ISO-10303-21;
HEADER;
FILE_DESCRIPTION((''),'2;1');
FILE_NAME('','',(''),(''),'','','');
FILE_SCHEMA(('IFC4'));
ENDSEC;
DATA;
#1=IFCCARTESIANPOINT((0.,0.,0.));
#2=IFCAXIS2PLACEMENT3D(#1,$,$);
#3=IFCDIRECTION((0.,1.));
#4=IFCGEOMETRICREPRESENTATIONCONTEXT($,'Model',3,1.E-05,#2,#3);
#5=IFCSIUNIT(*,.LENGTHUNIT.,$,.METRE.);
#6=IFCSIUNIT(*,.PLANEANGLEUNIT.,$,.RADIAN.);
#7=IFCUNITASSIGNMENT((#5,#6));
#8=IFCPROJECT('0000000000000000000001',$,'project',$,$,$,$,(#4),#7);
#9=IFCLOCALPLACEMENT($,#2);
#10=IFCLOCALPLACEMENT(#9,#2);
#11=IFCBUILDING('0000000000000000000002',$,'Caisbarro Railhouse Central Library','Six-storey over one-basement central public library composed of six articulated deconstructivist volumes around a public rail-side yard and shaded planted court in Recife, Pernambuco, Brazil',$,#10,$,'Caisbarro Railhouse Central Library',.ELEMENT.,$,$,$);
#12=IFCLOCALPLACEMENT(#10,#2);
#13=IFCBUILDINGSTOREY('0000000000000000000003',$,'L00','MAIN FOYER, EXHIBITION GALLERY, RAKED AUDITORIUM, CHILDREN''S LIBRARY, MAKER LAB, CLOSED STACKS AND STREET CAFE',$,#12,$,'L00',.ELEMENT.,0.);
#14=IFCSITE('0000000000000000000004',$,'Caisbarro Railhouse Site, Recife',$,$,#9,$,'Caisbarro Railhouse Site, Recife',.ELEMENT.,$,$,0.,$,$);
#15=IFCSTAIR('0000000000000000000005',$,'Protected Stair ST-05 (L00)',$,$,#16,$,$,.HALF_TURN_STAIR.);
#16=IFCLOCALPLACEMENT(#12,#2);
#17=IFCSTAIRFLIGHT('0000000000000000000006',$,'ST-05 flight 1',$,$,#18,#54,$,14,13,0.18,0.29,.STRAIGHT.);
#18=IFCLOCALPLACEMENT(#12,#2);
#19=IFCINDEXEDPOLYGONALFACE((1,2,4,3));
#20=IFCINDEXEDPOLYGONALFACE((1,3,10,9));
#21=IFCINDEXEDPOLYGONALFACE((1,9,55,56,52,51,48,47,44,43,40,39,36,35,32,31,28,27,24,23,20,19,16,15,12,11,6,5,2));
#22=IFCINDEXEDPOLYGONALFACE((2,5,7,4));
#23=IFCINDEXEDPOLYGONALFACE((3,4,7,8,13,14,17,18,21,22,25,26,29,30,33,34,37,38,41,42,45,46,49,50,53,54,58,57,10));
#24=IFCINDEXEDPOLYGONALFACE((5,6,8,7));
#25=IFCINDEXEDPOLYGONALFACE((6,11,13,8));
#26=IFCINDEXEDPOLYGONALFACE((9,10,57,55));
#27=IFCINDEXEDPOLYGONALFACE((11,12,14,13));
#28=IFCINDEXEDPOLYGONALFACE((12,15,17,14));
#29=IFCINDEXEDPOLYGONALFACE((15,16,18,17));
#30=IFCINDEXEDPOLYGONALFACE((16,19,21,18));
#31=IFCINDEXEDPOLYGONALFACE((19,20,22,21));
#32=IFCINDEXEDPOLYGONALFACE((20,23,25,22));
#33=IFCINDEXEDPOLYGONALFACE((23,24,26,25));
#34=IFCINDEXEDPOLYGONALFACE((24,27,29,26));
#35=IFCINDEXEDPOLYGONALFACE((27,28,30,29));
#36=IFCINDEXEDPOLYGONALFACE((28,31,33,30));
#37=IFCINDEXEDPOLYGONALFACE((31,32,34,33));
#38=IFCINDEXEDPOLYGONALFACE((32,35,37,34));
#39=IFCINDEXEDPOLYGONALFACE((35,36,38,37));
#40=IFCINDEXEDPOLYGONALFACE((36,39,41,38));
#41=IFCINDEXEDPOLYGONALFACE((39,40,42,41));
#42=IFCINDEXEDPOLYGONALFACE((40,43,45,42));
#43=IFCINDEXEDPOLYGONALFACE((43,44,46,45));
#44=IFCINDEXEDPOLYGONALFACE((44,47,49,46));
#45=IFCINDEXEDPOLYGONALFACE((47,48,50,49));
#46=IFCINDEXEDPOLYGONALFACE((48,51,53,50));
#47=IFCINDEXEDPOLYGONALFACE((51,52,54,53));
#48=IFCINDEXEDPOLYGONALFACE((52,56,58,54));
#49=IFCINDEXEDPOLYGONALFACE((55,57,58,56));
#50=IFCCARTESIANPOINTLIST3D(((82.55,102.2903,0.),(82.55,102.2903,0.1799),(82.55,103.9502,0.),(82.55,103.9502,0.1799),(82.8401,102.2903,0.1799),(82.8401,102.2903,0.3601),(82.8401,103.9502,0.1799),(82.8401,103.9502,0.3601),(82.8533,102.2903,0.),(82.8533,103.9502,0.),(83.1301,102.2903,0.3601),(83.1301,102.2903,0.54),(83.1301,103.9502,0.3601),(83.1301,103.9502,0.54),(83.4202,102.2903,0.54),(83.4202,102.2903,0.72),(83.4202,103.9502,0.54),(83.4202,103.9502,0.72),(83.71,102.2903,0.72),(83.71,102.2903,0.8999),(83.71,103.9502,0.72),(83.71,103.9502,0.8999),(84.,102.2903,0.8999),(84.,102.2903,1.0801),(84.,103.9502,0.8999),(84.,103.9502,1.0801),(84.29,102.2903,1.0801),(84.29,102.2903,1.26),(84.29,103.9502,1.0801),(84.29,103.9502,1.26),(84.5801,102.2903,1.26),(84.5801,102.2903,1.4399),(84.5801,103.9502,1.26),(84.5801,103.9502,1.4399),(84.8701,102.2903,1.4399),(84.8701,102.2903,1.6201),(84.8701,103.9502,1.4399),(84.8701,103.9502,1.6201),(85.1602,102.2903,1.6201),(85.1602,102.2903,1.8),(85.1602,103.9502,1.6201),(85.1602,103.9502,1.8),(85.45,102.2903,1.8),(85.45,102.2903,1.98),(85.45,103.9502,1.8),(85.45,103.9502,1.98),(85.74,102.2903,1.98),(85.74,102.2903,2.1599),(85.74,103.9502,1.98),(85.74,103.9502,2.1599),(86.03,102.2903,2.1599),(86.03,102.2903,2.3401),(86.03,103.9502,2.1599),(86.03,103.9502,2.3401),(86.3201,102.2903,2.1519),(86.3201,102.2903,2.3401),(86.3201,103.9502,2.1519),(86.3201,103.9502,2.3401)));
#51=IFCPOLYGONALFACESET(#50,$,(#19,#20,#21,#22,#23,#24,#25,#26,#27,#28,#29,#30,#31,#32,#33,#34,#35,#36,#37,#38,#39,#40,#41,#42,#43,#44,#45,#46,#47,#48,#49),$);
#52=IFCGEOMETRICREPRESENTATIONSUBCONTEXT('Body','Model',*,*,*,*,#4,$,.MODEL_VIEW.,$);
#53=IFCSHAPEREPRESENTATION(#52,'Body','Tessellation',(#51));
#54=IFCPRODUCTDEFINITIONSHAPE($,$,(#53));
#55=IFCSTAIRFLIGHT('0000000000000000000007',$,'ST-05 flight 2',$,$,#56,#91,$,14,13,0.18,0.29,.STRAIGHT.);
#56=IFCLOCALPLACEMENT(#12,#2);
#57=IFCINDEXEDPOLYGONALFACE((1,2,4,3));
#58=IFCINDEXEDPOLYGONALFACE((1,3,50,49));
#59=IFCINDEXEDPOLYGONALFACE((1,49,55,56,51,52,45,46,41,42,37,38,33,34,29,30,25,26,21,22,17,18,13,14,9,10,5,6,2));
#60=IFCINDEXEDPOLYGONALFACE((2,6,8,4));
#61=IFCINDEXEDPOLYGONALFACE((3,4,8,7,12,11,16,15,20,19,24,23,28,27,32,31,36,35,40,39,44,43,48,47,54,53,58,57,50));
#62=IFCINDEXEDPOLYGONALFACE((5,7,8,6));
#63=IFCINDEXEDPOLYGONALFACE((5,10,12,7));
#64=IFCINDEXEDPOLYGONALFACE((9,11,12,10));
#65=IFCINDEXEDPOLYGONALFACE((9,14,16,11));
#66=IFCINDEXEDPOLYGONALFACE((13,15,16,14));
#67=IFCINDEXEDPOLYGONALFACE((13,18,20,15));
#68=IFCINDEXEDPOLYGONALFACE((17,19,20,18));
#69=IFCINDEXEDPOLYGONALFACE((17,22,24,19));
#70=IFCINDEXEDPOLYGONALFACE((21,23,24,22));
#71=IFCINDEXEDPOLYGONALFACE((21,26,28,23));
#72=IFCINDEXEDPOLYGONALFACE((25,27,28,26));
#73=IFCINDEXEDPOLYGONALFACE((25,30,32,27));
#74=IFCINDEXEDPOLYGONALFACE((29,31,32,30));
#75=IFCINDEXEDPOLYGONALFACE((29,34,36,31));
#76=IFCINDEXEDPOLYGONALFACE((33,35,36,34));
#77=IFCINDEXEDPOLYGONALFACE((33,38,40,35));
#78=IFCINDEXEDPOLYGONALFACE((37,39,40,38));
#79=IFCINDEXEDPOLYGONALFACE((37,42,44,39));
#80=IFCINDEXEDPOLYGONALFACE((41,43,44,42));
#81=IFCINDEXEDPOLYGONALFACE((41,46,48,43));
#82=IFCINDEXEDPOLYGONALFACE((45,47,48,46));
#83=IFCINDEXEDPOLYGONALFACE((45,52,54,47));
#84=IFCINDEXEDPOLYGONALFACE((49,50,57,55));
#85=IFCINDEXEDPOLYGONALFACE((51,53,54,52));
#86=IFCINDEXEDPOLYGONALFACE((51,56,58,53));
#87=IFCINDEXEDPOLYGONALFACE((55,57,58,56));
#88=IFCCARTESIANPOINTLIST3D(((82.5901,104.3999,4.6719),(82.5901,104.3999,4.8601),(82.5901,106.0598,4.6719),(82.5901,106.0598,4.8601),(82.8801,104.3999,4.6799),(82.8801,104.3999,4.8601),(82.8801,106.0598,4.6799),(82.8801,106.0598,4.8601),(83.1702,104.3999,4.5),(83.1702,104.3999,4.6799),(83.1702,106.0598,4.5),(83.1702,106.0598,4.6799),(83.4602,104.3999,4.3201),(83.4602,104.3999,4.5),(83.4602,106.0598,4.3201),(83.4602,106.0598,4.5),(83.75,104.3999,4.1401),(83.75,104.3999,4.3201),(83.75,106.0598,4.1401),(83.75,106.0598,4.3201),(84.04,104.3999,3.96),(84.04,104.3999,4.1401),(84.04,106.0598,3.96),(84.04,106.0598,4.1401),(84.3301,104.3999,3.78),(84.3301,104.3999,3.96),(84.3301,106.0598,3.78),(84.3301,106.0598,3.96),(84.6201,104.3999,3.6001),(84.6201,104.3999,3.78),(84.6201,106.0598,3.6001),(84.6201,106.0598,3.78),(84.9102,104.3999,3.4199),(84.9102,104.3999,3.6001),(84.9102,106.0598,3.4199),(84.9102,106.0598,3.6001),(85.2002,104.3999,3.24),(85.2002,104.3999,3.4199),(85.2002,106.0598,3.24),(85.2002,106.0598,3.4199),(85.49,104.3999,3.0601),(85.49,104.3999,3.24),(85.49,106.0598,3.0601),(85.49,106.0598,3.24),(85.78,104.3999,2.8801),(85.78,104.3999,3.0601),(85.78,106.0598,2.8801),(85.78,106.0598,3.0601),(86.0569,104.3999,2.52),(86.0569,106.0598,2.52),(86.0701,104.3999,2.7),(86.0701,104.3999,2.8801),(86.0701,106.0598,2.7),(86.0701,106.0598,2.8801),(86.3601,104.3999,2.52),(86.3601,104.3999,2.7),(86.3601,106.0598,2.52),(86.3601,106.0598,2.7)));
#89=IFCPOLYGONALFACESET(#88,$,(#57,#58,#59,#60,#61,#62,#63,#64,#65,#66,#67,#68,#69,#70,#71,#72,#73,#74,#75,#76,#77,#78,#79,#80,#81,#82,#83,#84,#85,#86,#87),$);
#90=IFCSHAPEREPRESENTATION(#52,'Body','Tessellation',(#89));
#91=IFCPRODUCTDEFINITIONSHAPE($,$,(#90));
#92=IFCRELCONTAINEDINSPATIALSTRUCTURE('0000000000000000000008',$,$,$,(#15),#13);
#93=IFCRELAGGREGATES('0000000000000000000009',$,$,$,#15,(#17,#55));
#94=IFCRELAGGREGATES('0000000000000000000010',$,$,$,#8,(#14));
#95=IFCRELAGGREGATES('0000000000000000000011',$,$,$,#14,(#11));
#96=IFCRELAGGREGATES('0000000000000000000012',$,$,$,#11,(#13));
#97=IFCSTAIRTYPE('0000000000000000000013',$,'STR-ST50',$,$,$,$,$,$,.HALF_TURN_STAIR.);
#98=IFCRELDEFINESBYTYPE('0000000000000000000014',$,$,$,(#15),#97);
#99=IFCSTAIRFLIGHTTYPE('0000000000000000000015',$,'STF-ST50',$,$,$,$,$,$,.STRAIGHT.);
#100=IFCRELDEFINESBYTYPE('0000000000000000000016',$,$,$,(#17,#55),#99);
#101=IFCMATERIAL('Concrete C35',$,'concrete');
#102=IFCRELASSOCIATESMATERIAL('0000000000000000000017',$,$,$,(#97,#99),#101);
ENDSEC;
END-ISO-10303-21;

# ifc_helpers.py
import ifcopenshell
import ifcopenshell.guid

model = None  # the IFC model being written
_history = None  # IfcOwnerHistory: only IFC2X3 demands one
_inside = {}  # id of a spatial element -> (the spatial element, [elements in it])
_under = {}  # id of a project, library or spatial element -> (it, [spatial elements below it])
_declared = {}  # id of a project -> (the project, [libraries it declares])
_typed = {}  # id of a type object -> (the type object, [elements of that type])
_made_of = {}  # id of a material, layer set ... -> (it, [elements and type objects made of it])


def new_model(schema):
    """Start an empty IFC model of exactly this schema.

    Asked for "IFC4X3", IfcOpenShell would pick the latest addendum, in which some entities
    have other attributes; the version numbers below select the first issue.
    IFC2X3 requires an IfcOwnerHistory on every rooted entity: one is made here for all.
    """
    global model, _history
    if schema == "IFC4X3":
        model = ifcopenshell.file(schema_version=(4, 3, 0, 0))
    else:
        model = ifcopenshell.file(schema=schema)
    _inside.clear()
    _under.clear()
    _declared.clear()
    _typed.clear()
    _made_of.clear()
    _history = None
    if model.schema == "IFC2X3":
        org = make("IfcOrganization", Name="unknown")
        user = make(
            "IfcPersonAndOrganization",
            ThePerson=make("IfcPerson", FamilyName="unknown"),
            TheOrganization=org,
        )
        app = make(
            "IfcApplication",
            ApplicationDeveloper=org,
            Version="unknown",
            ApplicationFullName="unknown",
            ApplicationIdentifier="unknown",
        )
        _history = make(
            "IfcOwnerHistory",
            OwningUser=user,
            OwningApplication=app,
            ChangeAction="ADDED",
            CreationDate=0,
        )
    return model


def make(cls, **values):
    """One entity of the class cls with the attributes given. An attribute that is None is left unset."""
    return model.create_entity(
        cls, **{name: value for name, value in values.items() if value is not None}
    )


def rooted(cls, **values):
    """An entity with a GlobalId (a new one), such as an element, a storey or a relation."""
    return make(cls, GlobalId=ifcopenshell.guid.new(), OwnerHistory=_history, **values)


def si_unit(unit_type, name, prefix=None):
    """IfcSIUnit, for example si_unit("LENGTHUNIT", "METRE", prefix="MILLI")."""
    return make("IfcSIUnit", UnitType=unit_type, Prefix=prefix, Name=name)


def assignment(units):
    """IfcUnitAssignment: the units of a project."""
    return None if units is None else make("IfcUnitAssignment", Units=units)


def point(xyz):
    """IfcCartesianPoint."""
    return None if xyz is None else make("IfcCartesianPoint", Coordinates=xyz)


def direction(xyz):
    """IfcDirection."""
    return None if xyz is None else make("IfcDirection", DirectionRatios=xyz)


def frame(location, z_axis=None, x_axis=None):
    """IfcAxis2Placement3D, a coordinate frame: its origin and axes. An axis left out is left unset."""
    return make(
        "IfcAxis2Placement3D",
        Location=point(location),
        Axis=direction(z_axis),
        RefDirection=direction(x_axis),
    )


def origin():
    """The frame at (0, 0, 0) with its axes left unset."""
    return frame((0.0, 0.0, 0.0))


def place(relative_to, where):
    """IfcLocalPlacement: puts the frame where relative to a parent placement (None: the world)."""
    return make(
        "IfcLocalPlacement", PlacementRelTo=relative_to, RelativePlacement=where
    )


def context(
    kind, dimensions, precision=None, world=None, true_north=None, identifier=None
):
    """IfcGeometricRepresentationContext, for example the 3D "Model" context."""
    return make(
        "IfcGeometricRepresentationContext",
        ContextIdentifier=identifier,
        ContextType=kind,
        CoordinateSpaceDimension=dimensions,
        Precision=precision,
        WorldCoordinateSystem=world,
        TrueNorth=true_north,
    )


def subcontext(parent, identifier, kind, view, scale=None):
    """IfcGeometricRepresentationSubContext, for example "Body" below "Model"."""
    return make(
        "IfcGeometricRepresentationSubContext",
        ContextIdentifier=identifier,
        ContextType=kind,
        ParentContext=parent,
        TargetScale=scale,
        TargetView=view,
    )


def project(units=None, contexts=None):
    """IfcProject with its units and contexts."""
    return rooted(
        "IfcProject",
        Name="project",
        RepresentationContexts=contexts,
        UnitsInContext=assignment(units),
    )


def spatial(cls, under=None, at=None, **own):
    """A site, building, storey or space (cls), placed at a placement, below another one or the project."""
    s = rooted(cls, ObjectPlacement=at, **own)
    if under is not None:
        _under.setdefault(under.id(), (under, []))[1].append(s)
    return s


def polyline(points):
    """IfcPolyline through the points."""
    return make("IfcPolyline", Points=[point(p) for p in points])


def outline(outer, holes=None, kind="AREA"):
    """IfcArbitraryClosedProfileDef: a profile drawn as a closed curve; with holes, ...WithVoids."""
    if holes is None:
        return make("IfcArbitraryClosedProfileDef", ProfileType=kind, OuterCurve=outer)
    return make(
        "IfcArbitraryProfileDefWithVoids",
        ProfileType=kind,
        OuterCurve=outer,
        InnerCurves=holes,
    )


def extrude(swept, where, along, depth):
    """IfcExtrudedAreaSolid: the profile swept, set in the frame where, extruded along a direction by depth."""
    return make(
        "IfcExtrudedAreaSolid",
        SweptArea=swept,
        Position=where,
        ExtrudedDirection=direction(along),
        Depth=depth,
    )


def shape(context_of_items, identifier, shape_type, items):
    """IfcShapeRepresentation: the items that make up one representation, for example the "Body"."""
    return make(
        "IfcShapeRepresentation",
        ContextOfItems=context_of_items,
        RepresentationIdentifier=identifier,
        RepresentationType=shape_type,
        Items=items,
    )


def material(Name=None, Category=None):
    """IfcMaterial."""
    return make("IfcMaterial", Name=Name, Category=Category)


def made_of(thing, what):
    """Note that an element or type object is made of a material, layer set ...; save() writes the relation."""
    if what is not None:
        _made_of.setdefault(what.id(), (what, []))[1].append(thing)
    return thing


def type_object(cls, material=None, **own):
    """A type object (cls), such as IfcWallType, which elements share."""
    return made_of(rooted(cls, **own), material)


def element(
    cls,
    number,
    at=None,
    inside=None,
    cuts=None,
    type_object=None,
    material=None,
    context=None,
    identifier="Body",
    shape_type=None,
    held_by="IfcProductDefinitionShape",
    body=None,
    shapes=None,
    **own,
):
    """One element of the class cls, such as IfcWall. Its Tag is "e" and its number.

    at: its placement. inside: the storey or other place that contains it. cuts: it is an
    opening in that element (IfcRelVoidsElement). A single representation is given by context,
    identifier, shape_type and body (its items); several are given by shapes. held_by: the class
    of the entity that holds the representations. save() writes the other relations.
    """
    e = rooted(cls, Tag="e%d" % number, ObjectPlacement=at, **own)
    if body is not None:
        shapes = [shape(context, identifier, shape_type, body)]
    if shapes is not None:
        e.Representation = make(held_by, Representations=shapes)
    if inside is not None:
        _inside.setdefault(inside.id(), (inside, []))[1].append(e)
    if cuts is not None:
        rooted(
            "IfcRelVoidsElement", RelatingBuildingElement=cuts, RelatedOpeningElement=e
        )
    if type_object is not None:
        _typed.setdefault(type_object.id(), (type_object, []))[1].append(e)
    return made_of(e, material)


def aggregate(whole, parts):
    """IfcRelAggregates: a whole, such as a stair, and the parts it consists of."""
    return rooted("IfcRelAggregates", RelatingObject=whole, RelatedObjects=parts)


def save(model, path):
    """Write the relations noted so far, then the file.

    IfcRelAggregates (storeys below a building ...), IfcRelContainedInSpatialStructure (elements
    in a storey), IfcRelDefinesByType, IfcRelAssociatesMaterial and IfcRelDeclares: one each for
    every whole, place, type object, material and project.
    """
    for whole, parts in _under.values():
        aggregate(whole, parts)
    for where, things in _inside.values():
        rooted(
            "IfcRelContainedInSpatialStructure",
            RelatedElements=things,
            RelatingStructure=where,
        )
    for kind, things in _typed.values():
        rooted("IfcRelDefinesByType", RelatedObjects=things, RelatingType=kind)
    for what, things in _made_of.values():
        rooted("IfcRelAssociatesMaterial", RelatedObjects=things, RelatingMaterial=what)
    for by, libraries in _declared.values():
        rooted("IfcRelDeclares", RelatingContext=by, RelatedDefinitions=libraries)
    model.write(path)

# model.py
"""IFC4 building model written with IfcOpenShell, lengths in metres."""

from ifc_helpers import new_model, si_unit, direction, frame, origin, place, context, subcontext, project, spatial, polyline, outline, extrude, material, type_object, element, aggregate, save


model = new_model("IFC4")

# Units and contexts
model_context = context("Model", 3, precision=1e-05, world=origin(), true_north=direction((0.0, 1.0)))
body_context = subcontext(model_context, "Body", "Model", "MODEL_VIEW")
ifc_project = project(units=[si_unit("LENGTHUNIT", "METRE"), si_unit("PLANEANGLEUNIT", "RADIAN")], contexts=[model_context])

# Site, building, storey
site_placement = place(None, origin())
site = spatial("IfcSite", under=ifc_project, at=site_placement, Name="Caisbarro Railhouse Site, Recife", LongName="Caisbarro Railhouse Site, Recife", CompositionType="ELEMENT", RefElevation=0.0)
building_placement = place(site_placement, origin())
building = spatial("IfcBuilding", under=site, at=building_placement, Name="Caisbarro Railhouse Central Library", Description="Six-storey over one-basement central public library composed of six articulated deconstructivist volumes around a public rail-side yard and shaded planted court in Recife, Pernambuco, Brazil", LongName="Caisbarro Railhouse Central Library", CompositionType="ELEMENT")
storey_placement = place(building_placement, origin())
storey = spatial("IfcBuildingStorey", under=building, at=storey_placement, Name="L00", Description="MAIN FOYER, EXHIBITION GALLERY, RAKED AUDITORIUM, CHILDREN'S LIBRARY, MAKER LAB, CLOSED STACKS AND STREET CAFE", LongName="L00", CompositionType="ELEMENT", Elevation=0.0)

# Stair, stair flights
ifc_material_1 = material(Name="Concrete C35", Category="concrete")
stair_type = type_object("IfcStairType", Name="STR-ST50", PredefinedType="HALF_TURN_STAIR", material=ifc_material_1)
stair_placement = place(storey_placement, origin())
stair = element("IfcStair", 1, at=stair_placement, inside=storey, type_object=stair_type, Name="Protected Stair ST-05 (L00)", PredefinedType="HALF_TURN_STAIR")
stair_flight_type = type_object("IfcStairFlightType", Name="STF-ST50", PredefinedType="STRAIGHT", material=ifc_material_1)
stair_flight_1_placement = place(storey_placement, frame((82.55, 103.1201, 0.0), z_axis=(0.0, 0.0, 1.0), x_axis=(1.0, 0.0, 0.0)))
stair_flight_1 = element("IfcStairFlight", 2, at=stair_flight_1_placement, type_object=stair_flight_type, Name="ST-05 flight 1", NumberOfRisers=14, NumberOfTreads=13, PredefinedType="STRAIGHT", RiserHeight=0.18, TreadLength=0.29, context=body_context, shape_type="SweptSolid", body=[
    extrude(outline(polyline([(0.0, 0.0), (0.0, 0.1799), (0.29, 0.1799), (0.29, 0.3601), (0.5801, 0.3601), (0.5801, 0.54), (0.8701, 0.54), (0.8701, 0.72), (1.1599, 0.72), (1.1599, 0.8999), (1.45, 0.8999), (1.45, 1.0801), (1.74, 1.0801), (1.74, 1.26), (2.03, 1.26), (2.03, 1.4399), (2.3201, 1.4399), (2.3201, 1.6201), (2.6101, 1.6201), (2.6101, 1.8), (2.8999, 1.8), (2.8999, 1.98), (3.1899, 1.98), (3.1899, 2.1599), (3.48, 2.1599), (3.48, 2.3401), (3.77, 2.3401), (3.77, 2.52), (3.77, 2.1519), (0.3032, 0.0), (0.0, 0.0)])), frame((0.0, 0.8301, 0.0), z_axis=(0.0, -1.0, 0.0), x_axis=(1.0, 0.0, 0.0)), (0.0, 0.0, 1.0), 1.6599),
])
stair_flight_2_placement = place(storey_placement, frame((86.3601, 105.23, 2.52), z_axis=(0.0, 0.0, 1.0), x_axis=(-1.0, 0.0, 0.0)))
stair_flight_2 = element("IfcStairFlight", 3, at=stair_flight_2_placement, type_object=stair_flight_type, Name="ST-05 flight 2", NumberOfRisers=14, NumberOfTreads=13, PredefinedType="STRAIGHT", RiserHeight=0.18, TreadLength=0.29, context=body_context, shape_type="SweptSolid", body=[
    extrude(outline(polyline([(0.0, 0.0), (0.0, 0.1799), (0.29, 0.1799), (0.29, 0.3601), (0.5801, 0.3601), (0.5801, 0.54), (0.8701, 0.54), (0.8701, 0.72), (1.1599, 0.72), (1.1599, 0.8999), (1.45, 0.8999), (1.45, 1.0801), (1.74, 1.0801), (1.74, 1.26), (2.03, 1.26), (2.03, 1.4399), (2.3201, 1.4399), (2.3201, 1.6201), (2.6101, 1.6201), (2.6101, 1.8), (2.8999, 1.8), (2.8999, 1.98), (3.1899, 1.98), (3.1899, 2.1599), (3.48, 2.1599), (3.48, 2.3401), (3.77, 2.3401), (3.77, 2.52), (3.77, 2.1519), (0.3032, 0.0), (0.0, 0.0)])), frame((0.0, 0.8301, 0.0), z_axis=(0.0, -1.0, 0.0), x_axis=(1.0, 0.0, 0.0)), (0.0, 0.0, 1.0), 1.6599),
])
aggregate(stair, [stair_flight_1, stair_flight_2])

save(model, "model.ifc")
